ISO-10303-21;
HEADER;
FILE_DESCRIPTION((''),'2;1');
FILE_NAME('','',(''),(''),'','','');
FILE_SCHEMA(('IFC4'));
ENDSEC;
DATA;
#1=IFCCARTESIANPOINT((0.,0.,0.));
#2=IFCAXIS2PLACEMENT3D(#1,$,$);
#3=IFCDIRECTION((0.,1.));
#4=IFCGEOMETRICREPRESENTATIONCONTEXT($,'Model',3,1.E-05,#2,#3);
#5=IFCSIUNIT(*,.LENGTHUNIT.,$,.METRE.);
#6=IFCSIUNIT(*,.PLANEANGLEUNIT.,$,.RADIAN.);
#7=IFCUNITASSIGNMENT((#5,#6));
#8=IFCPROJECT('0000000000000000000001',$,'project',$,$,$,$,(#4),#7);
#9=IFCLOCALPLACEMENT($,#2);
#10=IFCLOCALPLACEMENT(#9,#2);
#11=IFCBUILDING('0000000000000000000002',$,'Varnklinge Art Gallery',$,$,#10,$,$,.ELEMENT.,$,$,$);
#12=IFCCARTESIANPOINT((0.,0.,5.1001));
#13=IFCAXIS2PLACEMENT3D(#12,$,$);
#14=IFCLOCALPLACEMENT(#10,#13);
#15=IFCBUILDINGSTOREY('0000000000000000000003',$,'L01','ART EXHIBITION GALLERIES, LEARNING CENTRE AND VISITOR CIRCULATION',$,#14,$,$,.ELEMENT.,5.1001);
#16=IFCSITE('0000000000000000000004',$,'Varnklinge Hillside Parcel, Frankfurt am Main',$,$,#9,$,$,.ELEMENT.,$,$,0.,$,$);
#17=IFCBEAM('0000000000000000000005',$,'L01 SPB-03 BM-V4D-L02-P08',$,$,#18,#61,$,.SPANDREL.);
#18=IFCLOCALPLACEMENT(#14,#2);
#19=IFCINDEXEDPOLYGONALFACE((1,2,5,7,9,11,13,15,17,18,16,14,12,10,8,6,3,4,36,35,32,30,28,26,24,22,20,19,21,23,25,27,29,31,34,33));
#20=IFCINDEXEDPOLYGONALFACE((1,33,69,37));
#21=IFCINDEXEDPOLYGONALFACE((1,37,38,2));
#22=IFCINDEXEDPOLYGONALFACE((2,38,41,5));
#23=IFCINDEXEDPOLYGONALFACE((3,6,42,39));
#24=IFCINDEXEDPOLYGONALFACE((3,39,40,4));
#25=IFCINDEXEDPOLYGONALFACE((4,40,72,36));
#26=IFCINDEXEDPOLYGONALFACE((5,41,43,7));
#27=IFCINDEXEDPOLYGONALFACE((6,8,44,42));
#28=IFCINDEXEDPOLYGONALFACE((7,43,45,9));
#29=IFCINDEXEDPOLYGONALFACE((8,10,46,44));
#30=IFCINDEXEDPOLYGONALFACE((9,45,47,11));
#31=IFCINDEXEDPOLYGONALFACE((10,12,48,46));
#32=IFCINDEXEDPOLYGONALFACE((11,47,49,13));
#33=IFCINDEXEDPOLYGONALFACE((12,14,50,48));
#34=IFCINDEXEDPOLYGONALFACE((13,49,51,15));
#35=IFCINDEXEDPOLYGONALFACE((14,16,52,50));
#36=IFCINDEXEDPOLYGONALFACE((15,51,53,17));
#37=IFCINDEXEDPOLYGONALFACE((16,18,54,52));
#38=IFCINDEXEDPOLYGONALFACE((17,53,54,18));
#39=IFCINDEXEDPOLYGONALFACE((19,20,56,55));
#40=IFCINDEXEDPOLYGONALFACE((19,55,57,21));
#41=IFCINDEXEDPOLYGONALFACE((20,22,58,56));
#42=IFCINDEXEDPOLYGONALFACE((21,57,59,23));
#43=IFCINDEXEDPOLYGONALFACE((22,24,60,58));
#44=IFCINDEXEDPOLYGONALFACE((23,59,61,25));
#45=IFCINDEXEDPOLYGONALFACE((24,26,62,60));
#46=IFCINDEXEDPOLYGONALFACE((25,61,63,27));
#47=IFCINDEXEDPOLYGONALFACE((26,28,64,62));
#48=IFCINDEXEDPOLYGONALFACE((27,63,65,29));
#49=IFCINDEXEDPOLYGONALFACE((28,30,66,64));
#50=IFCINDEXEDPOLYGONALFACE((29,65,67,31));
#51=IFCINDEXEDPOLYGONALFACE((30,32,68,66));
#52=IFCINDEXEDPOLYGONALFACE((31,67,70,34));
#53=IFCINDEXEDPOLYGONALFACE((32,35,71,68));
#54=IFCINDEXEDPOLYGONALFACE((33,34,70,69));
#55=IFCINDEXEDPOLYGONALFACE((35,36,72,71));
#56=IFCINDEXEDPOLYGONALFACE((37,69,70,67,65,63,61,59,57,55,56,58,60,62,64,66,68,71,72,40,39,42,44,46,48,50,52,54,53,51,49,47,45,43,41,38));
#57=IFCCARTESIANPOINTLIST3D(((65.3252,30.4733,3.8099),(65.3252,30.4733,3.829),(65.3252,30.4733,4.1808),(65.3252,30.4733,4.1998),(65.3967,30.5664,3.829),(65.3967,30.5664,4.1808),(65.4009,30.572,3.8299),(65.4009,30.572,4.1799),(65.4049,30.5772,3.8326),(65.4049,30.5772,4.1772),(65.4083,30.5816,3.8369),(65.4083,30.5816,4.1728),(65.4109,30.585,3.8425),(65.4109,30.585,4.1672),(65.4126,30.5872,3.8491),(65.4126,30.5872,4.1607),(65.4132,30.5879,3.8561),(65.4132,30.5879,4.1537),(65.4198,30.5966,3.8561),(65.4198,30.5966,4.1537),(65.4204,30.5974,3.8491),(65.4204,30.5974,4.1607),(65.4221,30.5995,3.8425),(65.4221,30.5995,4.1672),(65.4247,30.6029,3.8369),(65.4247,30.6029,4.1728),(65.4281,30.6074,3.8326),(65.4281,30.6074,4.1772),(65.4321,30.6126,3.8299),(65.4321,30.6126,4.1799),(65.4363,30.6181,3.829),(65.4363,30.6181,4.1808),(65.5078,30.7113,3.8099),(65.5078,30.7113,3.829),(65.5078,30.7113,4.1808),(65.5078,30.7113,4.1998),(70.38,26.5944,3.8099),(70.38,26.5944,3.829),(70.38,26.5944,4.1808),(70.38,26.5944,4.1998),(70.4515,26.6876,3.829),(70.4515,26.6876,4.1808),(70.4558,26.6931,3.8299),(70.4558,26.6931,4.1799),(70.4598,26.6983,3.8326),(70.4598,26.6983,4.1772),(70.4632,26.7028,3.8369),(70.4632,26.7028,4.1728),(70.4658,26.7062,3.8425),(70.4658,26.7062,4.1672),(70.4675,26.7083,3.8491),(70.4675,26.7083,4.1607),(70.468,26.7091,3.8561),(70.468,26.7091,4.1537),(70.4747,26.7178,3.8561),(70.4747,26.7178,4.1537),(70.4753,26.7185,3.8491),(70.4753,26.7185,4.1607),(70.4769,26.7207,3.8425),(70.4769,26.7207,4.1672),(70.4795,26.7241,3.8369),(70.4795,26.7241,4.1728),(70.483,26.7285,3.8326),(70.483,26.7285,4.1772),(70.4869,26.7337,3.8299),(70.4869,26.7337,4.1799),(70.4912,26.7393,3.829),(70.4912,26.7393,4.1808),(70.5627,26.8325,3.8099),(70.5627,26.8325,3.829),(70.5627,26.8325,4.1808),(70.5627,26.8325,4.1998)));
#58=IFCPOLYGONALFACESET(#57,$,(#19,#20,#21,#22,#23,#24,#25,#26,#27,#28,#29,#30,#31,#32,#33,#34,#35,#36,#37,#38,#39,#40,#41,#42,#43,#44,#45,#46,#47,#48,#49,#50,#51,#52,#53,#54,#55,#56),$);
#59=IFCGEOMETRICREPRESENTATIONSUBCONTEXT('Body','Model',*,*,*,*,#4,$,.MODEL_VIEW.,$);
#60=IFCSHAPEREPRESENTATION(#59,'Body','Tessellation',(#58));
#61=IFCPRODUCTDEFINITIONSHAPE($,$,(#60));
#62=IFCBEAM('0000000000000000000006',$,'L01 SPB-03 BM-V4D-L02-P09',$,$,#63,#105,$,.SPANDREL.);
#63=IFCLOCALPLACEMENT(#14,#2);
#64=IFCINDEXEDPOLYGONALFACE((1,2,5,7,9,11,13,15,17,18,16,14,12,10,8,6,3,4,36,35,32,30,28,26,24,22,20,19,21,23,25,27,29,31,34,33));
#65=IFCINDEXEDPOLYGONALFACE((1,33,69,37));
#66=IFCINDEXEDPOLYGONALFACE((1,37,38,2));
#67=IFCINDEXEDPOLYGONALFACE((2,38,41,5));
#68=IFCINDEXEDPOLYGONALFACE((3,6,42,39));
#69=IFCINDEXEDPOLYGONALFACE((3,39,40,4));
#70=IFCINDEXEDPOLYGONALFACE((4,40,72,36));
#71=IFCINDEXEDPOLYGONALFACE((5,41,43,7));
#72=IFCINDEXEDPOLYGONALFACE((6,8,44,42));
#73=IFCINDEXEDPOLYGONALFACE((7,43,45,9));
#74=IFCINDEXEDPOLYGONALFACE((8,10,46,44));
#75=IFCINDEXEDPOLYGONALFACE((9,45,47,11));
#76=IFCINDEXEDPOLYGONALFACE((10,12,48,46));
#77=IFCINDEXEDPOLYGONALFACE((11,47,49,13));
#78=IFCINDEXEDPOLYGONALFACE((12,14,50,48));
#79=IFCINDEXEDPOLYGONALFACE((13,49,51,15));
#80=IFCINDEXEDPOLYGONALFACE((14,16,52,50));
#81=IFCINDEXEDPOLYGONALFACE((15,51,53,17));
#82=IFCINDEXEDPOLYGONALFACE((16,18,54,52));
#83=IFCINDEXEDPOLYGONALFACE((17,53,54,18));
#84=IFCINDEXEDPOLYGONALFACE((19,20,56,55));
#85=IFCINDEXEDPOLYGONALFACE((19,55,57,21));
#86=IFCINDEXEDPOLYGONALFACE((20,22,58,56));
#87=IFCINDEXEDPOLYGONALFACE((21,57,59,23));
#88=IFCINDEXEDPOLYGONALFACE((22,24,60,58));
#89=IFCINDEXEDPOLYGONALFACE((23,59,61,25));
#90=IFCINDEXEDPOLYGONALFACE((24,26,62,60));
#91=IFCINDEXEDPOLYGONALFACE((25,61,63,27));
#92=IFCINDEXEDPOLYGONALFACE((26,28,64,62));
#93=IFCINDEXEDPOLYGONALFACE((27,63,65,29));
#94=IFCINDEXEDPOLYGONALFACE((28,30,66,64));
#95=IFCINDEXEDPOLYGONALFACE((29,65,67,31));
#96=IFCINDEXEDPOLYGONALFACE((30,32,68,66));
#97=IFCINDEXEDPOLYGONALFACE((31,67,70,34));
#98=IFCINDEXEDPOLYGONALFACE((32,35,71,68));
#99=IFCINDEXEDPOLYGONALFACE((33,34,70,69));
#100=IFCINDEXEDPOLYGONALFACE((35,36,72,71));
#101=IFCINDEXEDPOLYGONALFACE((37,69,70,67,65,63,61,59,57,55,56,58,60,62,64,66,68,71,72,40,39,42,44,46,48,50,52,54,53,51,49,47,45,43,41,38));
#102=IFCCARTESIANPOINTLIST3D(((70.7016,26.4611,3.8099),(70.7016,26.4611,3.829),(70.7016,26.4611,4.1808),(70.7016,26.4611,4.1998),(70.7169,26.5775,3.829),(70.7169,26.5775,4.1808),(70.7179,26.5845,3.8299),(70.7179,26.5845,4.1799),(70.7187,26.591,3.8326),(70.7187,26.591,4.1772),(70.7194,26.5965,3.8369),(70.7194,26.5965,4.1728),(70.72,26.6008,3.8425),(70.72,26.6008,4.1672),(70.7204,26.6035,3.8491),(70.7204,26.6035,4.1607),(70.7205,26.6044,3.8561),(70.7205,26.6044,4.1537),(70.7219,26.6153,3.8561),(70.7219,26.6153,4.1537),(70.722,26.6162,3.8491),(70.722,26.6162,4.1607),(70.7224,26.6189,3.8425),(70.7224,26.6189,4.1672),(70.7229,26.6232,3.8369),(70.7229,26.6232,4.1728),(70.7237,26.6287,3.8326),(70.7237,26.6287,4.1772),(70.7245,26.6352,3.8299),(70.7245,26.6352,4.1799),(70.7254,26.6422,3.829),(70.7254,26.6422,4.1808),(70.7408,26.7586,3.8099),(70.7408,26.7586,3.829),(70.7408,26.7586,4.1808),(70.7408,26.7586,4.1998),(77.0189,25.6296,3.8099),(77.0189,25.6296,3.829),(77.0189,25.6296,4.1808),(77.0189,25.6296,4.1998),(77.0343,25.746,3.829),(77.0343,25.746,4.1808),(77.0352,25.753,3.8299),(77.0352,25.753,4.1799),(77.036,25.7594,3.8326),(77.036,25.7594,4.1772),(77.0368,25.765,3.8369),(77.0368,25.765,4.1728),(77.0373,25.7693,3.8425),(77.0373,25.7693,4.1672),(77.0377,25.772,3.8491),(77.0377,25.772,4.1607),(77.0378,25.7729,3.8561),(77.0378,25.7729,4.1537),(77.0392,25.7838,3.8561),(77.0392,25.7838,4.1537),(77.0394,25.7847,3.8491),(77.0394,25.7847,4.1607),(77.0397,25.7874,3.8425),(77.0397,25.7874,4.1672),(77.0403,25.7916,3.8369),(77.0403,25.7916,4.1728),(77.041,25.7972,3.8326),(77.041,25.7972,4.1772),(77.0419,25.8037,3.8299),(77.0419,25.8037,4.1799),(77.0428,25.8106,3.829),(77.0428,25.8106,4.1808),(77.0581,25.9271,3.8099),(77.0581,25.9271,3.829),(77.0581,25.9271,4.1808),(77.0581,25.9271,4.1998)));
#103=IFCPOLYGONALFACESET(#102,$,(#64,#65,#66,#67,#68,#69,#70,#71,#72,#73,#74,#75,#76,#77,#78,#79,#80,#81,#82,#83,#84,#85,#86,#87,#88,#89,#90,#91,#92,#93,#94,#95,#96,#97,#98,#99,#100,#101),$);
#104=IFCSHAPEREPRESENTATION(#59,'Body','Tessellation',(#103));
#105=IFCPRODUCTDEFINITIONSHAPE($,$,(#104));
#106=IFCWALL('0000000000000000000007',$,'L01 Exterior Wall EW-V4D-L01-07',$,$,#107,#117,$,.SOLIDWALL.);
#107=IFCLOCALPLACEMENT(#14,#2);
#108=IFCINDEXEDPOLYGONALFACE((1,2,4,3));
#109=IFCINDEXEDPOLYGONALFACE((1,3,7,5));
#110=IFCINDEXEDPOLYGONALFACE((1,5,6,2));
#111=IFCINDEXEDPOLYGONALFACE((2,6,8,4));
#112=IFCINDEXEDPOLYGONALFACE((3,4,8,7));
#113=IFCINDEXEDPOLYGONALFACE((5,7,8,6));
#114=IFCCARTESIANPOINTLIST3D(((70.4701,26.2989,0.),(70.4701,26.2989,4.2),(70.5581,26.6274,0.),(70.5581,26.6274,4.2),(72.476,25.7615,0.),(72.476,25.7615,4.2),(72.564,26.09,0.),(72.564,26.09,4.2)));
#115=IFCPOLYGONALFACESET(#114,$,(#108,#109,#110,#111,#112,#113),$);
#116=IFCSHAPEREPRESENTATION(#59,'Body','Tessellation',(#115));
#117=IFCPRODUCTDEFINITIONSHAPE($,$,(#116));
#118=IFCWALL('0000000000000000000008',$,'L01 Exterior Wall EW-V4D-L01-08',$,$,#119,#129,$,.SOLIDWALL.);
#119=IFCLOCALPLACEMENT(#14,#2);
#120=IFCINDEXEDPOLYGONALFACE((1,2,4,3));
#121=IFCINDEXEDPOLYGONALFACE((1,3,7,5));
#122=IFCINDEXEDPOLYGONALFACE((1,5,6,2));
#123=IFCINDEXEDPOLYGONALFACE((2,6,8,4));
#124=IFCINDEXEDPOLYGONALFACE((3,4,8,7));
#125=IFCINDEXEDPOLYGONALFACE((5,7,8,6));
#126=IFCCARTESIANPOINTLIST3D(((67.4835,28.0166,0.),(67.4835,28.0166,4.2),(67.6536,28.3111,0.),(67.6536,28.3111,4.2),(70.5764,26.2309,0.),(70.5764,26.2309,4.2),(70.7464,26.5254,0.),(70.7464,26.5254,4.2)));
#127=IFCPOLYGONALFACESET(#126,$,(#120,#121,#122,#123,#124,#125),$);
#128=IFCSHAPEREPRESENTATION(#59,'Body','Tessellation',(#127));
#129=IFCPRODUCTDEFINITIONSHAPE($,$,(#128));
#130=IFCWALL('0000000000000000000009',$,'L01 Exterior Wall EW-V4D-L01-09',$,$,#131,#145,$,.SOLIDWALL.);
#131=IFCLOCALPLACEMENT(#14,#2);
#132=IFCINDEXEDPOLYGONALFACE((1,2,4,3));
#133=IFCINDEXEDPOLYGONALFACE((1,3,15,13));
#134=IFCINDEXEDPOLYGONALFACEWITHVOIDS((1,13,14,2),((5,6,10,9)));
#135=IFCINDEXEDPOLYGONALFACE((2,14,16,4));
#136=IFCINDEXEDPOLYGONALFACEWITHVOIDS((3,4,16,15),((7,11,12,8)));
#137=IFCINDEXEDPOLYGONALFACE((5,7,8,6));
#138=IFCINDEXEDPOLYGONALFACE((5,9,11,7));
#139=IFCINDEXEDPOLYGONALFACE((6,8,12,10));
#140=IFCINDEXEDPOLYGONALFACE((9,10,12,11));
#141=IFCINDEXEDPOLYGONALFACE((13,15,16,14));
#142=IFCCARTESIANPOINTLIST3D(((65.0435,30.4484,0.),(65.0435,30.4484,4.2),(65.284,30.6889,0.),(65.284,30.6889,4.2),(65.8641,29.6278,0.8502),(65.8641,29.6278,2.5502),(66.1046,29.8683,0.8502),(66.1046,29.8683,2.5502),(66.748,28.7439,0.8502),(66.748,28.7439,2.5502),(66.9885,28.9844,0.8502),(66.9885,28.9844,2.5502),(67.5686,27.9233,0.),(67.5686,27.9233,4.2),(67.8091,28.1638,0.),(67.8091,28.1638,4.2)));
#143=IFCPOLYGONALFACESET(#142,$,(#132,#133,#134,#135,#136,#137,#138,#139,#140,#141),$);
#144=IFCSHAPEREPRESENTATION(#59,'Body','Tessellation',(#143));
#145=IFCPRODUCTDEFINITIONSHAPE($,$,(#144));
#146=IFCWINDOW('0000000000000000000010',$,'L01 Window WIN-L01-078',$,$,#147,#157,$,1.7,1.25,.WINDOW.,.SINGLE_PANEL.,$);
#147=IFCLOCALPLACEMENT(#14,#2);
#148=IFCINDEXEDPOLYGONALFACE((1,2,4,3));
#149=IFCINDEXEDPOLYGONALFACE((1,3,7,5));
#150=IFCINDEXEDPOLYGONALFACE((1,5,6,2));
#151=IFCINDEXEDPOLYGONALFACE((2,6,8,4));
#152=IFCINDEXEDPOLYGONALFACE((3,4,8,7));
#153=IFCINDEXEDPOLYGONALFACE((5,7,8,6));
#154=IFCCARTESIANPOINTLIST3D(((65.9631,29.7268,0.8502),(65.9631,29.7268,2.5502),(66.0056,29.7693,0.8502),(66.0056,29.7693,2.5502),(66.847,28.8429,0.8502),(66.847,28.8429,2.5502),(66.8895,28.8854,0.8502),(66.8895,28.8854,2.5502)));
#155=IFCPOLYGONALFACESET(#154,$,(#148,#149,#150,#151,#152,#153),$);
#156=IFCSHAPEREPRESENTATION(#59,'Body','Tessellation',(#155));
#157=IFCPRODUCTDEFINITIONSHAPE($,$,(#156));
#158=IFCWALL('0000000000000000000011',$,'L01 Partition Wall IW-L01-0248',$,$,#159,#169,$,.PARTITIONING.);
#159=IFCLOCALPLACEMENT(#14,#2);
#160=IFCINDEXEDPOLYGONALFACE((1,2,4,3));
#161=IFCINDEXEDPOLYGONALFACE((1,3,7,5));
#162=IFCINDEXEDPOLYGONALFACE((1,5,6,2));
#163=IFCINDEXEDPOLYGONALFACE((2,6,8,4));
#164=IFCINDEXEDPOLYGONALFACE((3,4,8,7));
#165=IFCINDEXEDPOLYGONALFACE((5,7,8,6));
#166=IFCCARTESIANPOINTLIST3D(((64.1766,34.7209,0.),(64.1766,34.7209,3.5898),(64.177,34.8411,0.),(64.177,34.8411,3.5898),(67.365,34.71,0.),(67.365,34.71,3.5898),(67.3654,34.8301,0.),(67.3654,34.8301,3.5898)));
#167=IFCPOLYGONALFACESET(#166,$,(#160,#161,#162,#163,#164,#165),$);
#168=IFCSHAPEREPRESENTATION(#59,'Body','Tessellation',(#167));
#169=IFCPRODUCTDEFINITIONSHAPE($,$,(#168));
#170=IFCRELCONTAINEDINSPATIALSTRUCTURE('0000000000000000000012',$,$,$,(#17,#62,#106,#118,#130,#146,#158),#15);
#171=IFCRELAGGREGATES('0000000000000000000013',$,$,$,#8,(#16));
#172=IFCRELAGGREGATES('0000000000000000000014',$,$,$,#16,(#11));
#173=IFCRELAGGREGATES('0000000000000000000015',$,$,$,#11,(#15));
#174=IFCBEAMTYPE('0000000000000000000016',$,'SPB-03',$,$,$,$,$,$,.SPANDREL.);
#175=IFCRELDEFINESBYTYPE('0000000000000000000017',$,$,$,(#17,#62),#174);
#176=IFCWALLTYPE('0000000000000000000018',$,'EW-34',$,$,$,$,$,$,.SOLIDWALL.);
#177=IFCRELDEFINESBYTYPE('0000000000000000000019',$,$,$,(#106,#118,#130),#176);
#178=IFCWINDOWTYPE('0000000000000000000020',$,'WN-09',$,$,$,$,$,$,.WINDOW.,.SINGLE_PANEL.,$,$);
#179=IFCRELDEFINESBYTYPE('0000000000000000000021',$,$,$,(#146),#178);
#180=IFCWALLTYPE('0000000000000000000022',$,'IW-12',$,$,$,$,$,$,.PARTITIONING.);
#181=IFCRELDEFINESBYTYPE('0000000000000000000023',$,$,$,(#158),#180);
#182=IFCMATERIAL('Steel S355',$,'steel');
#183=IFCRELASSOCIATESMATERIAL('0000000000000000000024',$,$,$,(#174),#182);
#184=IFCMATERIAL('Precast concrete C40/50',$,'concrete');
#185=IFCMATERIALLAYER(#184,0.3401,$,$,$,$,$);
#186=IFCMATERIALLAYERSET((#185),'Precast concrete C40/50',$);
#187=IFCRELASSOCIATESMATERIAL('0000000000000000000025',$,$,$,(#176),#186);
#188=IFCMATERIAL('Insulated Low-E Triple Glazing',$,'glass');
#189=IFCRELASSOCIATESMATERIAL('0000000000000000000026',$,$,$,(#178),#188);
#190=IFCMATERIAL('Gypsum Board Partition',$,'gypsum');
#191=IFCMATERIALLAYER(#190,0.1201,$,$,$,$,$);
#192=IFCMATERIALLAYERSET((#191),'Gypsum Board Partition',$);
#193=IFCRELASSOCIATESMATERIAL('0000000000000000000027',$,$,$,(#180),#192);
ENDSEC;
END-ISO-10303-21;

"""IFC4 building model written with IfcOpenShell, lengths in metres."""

from ifc_helpers import new_model, si_unit, direction, frame, frame_2d, origin, origin_2d, place, context, subcontext, project, spatial, rectangle, i_section, extrude, material, layer, layer_set, material_profile, profile_set, type_object, element, fill, save


model = new_model("IFC4")

# Units and contexts
model_context = context("Model", 3, precision=1e-05, world=origin(), true_north=direction((0.0, 1.0)))
body_context = subcontext(model_context, "Body", "Model", "MODEL_VIEW")
ifc_project = project(units=[si_unit("LENGTHUNIT", "METRE"), si_unit("PLANEANGLEUNIT", "RADIAN")], contexts=[model_context])

# Site, building, storey
site_placement = place(None, origin())
site = spatial("IfcSite", under=ifc_project, at=site_placement, Name="Varnklinge Hillside Parcel, Frankfurt am Main", CompositionType="ELEMENT", RefElevation=0.0)
building_placement = place(site_placement, origin())
building = spatial("IfcBuilding", under=site, at=building_placement, Name="Varnklinge Art Gallery", CompositionType="ELEMENT")
storey_placement = place(building_placement, frame((0.0, 0.0, 5.1001)))
storey = spatial("IfcBuildingStorey", under=building, at=storey_placement, Name="L01", Description="ART EXHIBITION GALLERIES, LEARNING CENTRE AND VISITOR CIRCULATION", CompositionType="ELEMENT", Elevation=5.1001)

# Beams
ifc_material_1 = material(Name="Steel S355", Category="steel")
ifc_material_profile_1 = material_profile(ifc_material_1, i_section(OverallWidth=0.3, OverallDepth=0.3899, WebThickness=0.011, FlangeThickness=0.019, FilletRadius=0.0271, at=origin_2d()), Name="HEA 400")
ifc_profile_set_1 = profile_set([ifc_material_profile_1], Name="Steel S355")
beam_type_1 = type_object("IfcBeamType", Name="SPB-03", PredefinedType="SPANDREL", material=ifc_profile_set_1)
beam_1_placement = place(storey_placement, frame((65.4165, 30.5923, 4.0049), z_axis=(0.793344, -0.608773, 0.0), x_axis=(0.608773, 0.793344, 0.0)))
element("IfcBeam", 1, at=beam_1_placement, inside=storey, type_object=beam_type_1, Name="L01 SPB-03 BM-V4D-L02-P08", PredefinedType="SPANDREL", context=body_context, shape_type="SweptSolid", body=[
    extrude(i_section(OverallWidth=0.3, OverallDepth=0.3899, WebThickness=0.011, FlangeThickness=0.019, FilletRadius=0.0271, at=origin_2d()), origin(), (0.0, 0.0, 1.0), 6.3716),
])
beam_2_placement = place(storey_placement, frame((70.7212, 26.6099, 4.0049), z_axis=(0.991448, -0.130502, 0.0), x_axis=(0.130502, 0.991448, 0.0)))
element("IfcBeam", 2, at=beam_2_placement, inside=storey, type_object=beam_type_1, Name="L01 SPB-03 BM-V4D-L02-P09", PredefinedType="SPANDREL", context=body_context, shape_type="SweptSolid", body=[
    extrude(i_section(OverallWidth=0.3, OverallDepth=0.3899, WebThickness=0.011, FlangeThickness=0.019, FilletRadius=0.0271, at=origin_2d()), origin(), (0.0, 0.0, 1.0), 6.3718),
])

# Walls
ifc_material_2 = material(Name="Precast concrete C40/50", Category="concrete")
ifc_layer_1 = layer(ifc_material_2, 0.3401)
ifc_layer_set_1 = layer_set([ifc_layer_1], Name="Precast concrete C40/50")
wall_type_1 = type_object("IfcWallType", Name="EW-34", PredefinedType="SOLIDWALL", material=ifc_layer_set_1)
wall_1_placement = place(storey_placement, frame((72.52, 25.9258, 0.0), z_axis=(0.0, 0.0, 1.0), x_axis=(-0.96594, 0.258767, 0.0)))
element("IfcWall", 3, at=wall_1_placement, inside=storey, type_object=wall_type_1, Name="L01 Exterior Wall EW-V4D-L01-07", PredefinedType="SOLIDWALL", context=body_context, shape_type="SweptSolid", body=[
    extrude(rectangle(XDim=2.0767, YDim=0.3401, at=frame_2d((1.0383, 0.0))), origin(), (0.0, 0.0, 1.0), 4.2),
])
wall_2_placement = place(storey_placement, frame((70.6614, 26.3782, 0.0), z_axis=(0.0, 0.0, 1.0), x_axis=(-0.866022, 0.500007, 0.0)))
element("IfcWall", 4, at=wall_2_placement, inside=storey, type_object=wall_type_1, Name="L01 Exterior Wall EW-V4D-L01-08", PredefinedType="SOLIDWALL", context=body_context, shape_type="SweptSolid", body=[
    extrude(rectangle(XDim=3.5713, YDim=0.3401, at=frame_2d((1.7856, 0.0))), origin(), (0.0, 0.0, 1.0), 4.2),
])

# Wall, opening, window
wall_3_placement = place(storey_placement, frame((67.689, 28.0435, 0.0), z_axis=(0.0, 0.0, 1.0), x_axis=(-0.707107, 0.707107, 0.0)))
wall_3 = element("IfcWall", 5, at=wall_3_placement, inside=storey, type_object=wall_type_1, Name="L01 Exterior Wall EW-V4D-L01-09", PredefinedType="SOLIDWALL", context=body_context, shape_type="SweptSolid", body=[
    extrude(rectangle(XDim=3.571, YDim=0.3401, at=frame_2d((1.7856, 0.0))), origin(), (0.0, 0.0, 1.0), 4.2),
])
opening_1_placement = place(wall_3_placement, frame((1.1606, 0.0, 0.8501)))
opening_1 = element("IfcOpeningElement", 6, at=opening_1_placement, cuts=wall_3, PredefinedType="OPENING", context=body_context, shape_type="SweptSolid", body=[
    extrude(rectangle(XDim=1.25, YDim=1.7, at=frame_2d((0.625, 0.8501))), frame((0.0, 0.1799, 0.0), z_axis=(0.0, -1.0, 0.0), x_axis=(1.0, 0.0, 0.0)), (0.0, 0.0, 1.0), 0.3601),
])
ifc_material_3 = material(Name="Insulated Low-E Triple Glazing", Category="glass")
window_type = type_object("IfcWindowType", Name="WN-09", PartitioningType="SINGLE_PANEL", PredefinedType="WINDOW", material=ifc_material_3)
window_placement = place(opening_1_placement, origin())
window = element("IfcWindow", 7, at=window_placement, inside=storey, type_object=window_type, Name="L01 Window WIN-L01-078", OverallHeight=1.7, OverallWidth=1.25, PartitioningType="SINGLE_PANEL", PredefinedType="WINDOW", context=body_context, shape_type="SweptSolid", body=[
    extrude(rectangle(XDim=1.25, YDim=1.7, at=frame_2d((0.625, 0.8501))), frame((0.0, 0.03, 0.0), z_axis=(0.0, -1.0, 0.0), x_axis=(1.0, 0.0, 0.0)), (0.0, 0.0, 1.0), 0.0601),
])
fill(opening_1, window)

# Wall
ifc_material_4 = material(Name="Gypsum Board Partition", Category="gypsum")
ifc_layer_2 = layer(ifc_material_4, 0.1201)
ifc_layer_set_2 = layer_set([ifc_layer_2], Name="Gypsum Board Partition")
wall_type_2 = type_object("IfcWallType", Name="IW-12", PredefinedType="PARTITIONING", material=ifc_layer_set_2)
wall_4_placement = place(storey_placement, frame((67.3652, 34.77, 0.0), z_axis=(0.0, 0.0, 1.0), x_axis=(-0.999994, 0.003446, 0.0)))
element("IfcWall", 8, at=wall_4_placement, inside=storey, type_object=wall_type_2, Name="L01 Partition Wall IW-L01-0248", PredefinedType="PARTITIONING", context=body_context, shape_type="SweptSolid", body=[
    extrude(rectangle(XDim=3.1885, YDim=0.1201, at=frame_2d((1.5942, 0.0))), origin(), (0.0, 0.0, 1.0), 3.5898),
])

save(model, "model.ifc")
